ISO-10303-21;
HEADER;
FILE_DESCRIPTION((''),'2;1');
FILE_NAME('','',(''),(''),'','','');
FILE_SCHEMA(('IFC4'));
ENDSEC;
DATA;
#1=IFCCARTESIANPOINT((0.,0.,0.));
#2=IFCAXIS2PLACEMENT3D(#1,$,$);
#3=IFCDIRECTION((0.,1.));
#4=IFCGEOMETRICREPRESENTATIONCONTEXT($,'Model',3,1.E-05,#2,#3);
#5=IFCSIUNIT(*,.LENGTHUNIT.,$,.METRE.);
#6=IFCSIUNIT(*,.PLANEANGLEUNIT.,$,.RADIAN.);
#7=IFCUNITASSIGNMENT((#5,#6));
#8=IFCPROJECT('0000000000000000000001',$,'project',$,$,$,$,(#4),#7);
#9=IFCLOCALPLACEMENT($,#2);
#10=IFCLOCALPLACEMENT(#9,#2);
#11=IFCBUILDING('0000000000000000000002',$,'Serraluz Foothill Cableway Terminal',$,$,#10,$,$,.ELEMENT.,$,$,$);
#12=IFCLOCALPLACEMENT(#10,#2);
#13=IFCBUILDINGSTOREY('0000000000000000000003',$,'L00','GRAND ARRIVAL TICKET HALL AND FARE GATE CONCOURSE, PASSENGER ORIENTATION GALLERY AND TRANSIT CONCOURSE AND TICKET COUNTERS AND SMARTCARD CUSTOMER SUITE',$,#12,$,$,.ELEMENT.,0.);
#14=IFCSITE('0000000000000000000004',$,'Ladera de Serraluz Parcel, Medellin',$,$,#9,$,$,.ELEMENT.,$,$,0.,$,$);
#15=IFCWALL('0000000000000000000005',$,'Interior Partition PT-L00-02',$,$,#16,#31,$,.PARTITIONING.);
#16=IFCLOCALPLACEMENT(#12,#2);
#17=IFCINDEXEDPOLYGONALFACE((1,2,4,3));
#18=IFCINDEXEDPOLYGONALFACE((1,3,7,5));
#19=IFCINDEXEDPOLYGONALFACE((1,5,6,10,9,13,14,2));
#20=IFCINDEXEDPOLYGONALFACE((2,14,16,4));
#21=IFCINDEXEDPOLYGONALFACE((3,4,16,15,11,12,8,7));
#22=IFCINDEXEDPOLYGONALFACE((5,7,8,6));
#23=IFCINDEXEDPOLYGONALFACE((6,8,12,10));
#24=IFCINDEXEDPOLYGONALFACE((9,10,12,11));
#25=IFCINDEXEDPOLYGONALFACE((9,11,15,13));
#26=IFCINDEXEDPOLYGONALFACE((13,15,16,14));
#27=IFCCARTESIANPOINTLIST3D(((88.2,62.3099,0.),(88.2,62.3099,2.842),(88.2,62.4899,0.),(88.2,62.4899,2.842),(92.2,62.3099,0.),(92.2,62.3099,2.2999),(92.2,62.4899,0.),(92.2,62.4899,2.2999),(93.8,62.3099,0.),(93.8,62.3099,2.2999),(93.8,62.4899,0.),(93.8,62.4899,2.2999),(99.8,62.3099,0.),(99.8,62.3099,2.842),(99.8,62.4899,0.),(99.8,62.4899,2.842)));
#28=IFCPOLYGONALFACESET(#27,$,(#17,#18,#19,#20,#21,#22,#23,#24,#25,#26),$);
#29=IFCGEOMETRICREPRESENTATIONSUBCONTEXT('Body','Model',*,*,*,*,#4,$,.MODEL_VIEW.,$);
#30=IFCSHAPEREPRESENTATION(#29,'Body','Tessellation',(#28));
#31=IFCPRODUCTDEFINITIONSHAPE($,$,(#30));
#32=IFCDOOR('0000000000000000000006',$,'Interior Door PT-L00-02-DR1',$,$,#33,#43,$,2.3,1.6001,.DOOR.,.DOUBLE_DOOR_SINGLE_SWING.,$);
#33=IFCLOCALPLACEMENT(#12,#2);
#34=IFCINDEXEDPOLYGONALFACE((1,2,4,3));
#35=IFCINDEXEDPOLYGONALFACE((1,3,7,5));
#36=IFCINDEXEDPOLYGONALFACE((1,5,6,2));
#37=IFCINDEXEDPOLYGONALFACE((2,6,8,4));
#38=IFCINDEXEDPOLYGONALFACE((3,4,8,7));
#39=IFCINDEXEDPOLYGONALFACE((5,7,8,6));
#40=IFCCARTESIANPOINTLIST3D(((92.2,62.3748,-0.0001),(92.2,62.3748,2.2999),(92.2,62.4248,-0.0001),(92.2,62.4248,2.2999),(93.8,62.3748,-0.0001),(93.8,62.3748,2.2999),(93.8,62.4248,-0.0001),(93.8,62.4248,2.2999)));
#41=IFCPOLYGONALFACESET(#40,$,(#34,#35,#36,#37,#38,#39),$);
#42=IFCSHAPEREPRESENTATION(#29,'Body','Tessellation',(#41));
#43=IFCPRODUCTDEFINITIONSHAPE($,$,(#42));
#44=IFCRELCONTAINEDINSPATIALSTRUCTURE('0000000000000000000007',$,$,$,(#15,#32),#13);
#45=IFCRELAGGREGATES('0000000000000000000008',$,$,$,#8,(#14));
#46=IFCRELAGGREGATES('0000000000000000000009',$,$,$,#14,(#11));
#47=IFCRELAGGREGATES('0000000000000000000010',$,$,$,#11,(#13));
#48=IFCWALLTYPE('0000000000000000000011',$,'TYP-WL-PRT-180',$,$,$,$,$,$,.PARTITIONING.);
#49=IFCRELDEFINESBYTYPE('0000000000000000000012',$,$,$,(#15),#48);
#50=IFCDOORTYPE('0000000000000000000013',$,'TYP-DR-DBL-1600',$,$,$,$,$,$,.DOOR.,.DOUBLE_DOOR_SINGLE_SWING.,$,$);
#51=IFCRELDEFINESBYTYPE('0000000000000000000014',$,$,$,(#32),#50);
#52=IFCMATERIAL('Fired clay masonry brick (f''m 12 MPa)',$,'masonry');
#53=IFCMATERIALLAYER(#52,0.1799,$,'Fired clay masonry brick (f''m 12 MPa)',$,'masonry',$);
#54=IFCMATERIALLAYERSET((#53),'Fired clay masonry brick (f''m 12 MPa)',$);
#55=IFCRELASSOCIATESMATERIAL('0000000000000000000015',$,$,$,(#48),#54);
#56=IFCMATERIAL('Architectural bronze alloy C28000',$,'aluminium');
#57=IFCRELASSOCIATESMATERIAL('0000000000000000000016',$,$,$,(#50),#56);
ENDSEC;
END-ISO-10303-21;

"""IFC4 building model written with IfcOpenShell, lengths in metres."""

from ifc_helpers import new_model, si_unit, direction, frame, frame_2d, origin, place, context, subcontext, project, spatial, rectangle, extrude, material, layer, layer_set, type_object, element, fill, save


model = new_model("IFC4")

# Units and contexts
model_context = context("Model", 3, precision=1e-05, world=origin(), true_north=direction((0.0, 1.0)))
body_context = subcontext(model_context, "Body", "Model", "MODEL_VIEW")
ifc_project = project(units=[si_unit("LENGTHUNIT", "METRE"), si_unit("PLANEANGLEUNIT", "RADIAN")], contexts=[model_context])

# Site, building, storey
site_placement = place(None, origin())
site = spatial("IfcSite", under=ifc_project, at=site_placement, Name="Ladera de Serraluz Parcel, Medellin", CompositionType="ELEMENT", RefElevation=0.0)
building_placement = place(site_placement, origin())
building = spatial("IfcBuilding", under=site, at=building_placement, Name="Serraluz Foothill Cableway Terminal", CompositionType="ELEMENT")
storey_placement = place(building_placement, origin())
storey = spatial("IfcBuildingStorey", under=building, at=storey_placement, Name="L00", Description="GRAND ARRIVAL TICKET HALL AND FARE GATE CONCOURSE, PASSENGER ORIENTATION GALLERY AND TRANSIT CONCOURSE AND TICKET COUNTERS AND SMARTCARD CUSTOMER SUITE", CompositionType="ELEMENT", Elevation=0.0)

# Wall, opening, door
ifc_material_1 = material(Name="Fired clay masonry brick (f'm 12 MPa)", Category="masonry")
ifc_layer_1 = layer(ifc_material_1, 0.1799, Name="Fired clay masonry brick (f'm 12 MPa)", Category="masonry")
ifc_layer_set_1 = layer_set([ifc_layer_1], Name="Fired clay masonry brick (f'm 12 MPa)")
wall_type_1 = type_object("IfcWallType", Name="TYP-WL-PRT-180", PredefinedType="PARTITIONING", material=ifc_layer_set_1)
wall_1_placement = place(storey_placement, frame((88.2, 62.3999, 0.0), z_axis=(0.0, 0.0, 1.0), x_axis=(1.0, 0.0, 0.0)))
wall_1 = element("IfcWall", 1, at=wall_1_placement, inside=storey, type_object=wall_type_1, Name="Interior Partition PT-L00-02", PredefinedType="PARTITIONING", context=body_context, shape_type="SweptSolid", body=[
    extrude(rectangle(XDim=11.6001, YDim=0.1799, at=frame_2d((5.8, 0.0))), origin(), (0.0, 0.0, 1.0), 2.842),
])
opening_1_placement = place(wall_1_placement, frame((4.0, 0.0, 0.0)))
opening_1 = element("IfcOpeningElement", 2, at=opening_1_placement, cuts=wall_1, PredefinedType="OPENING", context=body_context, shape_type="SweptSolid", body=[
    extrude(rectangle(XDim=1.6001, YDim=2.3, at=frame_2d((0.8, 1.1499))), frame((0.0, 0.1001, 0.0), z_axis=(0.0, -1.0, 0.0), x_axis=(1.0, 0.0, 0.0)), (0.0, 0.0, 1.0), 0.2),
])
ifc_material_2 = material(Name="Architectural bronze alloy C28000", Category="aluminium")
door_type = type_object("IfcDoorType", Name="TYP-DR-DBL-1600", OperationType="DOUBLE_DOOR_SINGLE_SWING", PredefinedType="DOOR", material=ifc_material_2)
door_placement = place(opening_1_placement, origin())
door = element("IfcDoor", 3, at=door_placement, inside=storey, type_object=door_type, Name="Interior Door PT-L00-02-DR1", OperationType="DOUBLE_DOOR_SINGLE_SWING", OverallHeight=2.3, OverallWidth=1.6001, PredefinedType="DOOR", context=body_context, shape_type="SweptSolid", body=[
    extrude(rectangle(XDim=1.6001, YDim=2.3, at=frame_2d((0.8, 1.1499))), frame((0.0, 0.0249, 0.0), z_axis=(0.0, -1.0, 0.0), x_axis=(1.0, 0.0, 0.0)), (0.0, 0.0, 1.0), 0.05),
])
fill(opening_1, door)

save(model, "model.ifc")
